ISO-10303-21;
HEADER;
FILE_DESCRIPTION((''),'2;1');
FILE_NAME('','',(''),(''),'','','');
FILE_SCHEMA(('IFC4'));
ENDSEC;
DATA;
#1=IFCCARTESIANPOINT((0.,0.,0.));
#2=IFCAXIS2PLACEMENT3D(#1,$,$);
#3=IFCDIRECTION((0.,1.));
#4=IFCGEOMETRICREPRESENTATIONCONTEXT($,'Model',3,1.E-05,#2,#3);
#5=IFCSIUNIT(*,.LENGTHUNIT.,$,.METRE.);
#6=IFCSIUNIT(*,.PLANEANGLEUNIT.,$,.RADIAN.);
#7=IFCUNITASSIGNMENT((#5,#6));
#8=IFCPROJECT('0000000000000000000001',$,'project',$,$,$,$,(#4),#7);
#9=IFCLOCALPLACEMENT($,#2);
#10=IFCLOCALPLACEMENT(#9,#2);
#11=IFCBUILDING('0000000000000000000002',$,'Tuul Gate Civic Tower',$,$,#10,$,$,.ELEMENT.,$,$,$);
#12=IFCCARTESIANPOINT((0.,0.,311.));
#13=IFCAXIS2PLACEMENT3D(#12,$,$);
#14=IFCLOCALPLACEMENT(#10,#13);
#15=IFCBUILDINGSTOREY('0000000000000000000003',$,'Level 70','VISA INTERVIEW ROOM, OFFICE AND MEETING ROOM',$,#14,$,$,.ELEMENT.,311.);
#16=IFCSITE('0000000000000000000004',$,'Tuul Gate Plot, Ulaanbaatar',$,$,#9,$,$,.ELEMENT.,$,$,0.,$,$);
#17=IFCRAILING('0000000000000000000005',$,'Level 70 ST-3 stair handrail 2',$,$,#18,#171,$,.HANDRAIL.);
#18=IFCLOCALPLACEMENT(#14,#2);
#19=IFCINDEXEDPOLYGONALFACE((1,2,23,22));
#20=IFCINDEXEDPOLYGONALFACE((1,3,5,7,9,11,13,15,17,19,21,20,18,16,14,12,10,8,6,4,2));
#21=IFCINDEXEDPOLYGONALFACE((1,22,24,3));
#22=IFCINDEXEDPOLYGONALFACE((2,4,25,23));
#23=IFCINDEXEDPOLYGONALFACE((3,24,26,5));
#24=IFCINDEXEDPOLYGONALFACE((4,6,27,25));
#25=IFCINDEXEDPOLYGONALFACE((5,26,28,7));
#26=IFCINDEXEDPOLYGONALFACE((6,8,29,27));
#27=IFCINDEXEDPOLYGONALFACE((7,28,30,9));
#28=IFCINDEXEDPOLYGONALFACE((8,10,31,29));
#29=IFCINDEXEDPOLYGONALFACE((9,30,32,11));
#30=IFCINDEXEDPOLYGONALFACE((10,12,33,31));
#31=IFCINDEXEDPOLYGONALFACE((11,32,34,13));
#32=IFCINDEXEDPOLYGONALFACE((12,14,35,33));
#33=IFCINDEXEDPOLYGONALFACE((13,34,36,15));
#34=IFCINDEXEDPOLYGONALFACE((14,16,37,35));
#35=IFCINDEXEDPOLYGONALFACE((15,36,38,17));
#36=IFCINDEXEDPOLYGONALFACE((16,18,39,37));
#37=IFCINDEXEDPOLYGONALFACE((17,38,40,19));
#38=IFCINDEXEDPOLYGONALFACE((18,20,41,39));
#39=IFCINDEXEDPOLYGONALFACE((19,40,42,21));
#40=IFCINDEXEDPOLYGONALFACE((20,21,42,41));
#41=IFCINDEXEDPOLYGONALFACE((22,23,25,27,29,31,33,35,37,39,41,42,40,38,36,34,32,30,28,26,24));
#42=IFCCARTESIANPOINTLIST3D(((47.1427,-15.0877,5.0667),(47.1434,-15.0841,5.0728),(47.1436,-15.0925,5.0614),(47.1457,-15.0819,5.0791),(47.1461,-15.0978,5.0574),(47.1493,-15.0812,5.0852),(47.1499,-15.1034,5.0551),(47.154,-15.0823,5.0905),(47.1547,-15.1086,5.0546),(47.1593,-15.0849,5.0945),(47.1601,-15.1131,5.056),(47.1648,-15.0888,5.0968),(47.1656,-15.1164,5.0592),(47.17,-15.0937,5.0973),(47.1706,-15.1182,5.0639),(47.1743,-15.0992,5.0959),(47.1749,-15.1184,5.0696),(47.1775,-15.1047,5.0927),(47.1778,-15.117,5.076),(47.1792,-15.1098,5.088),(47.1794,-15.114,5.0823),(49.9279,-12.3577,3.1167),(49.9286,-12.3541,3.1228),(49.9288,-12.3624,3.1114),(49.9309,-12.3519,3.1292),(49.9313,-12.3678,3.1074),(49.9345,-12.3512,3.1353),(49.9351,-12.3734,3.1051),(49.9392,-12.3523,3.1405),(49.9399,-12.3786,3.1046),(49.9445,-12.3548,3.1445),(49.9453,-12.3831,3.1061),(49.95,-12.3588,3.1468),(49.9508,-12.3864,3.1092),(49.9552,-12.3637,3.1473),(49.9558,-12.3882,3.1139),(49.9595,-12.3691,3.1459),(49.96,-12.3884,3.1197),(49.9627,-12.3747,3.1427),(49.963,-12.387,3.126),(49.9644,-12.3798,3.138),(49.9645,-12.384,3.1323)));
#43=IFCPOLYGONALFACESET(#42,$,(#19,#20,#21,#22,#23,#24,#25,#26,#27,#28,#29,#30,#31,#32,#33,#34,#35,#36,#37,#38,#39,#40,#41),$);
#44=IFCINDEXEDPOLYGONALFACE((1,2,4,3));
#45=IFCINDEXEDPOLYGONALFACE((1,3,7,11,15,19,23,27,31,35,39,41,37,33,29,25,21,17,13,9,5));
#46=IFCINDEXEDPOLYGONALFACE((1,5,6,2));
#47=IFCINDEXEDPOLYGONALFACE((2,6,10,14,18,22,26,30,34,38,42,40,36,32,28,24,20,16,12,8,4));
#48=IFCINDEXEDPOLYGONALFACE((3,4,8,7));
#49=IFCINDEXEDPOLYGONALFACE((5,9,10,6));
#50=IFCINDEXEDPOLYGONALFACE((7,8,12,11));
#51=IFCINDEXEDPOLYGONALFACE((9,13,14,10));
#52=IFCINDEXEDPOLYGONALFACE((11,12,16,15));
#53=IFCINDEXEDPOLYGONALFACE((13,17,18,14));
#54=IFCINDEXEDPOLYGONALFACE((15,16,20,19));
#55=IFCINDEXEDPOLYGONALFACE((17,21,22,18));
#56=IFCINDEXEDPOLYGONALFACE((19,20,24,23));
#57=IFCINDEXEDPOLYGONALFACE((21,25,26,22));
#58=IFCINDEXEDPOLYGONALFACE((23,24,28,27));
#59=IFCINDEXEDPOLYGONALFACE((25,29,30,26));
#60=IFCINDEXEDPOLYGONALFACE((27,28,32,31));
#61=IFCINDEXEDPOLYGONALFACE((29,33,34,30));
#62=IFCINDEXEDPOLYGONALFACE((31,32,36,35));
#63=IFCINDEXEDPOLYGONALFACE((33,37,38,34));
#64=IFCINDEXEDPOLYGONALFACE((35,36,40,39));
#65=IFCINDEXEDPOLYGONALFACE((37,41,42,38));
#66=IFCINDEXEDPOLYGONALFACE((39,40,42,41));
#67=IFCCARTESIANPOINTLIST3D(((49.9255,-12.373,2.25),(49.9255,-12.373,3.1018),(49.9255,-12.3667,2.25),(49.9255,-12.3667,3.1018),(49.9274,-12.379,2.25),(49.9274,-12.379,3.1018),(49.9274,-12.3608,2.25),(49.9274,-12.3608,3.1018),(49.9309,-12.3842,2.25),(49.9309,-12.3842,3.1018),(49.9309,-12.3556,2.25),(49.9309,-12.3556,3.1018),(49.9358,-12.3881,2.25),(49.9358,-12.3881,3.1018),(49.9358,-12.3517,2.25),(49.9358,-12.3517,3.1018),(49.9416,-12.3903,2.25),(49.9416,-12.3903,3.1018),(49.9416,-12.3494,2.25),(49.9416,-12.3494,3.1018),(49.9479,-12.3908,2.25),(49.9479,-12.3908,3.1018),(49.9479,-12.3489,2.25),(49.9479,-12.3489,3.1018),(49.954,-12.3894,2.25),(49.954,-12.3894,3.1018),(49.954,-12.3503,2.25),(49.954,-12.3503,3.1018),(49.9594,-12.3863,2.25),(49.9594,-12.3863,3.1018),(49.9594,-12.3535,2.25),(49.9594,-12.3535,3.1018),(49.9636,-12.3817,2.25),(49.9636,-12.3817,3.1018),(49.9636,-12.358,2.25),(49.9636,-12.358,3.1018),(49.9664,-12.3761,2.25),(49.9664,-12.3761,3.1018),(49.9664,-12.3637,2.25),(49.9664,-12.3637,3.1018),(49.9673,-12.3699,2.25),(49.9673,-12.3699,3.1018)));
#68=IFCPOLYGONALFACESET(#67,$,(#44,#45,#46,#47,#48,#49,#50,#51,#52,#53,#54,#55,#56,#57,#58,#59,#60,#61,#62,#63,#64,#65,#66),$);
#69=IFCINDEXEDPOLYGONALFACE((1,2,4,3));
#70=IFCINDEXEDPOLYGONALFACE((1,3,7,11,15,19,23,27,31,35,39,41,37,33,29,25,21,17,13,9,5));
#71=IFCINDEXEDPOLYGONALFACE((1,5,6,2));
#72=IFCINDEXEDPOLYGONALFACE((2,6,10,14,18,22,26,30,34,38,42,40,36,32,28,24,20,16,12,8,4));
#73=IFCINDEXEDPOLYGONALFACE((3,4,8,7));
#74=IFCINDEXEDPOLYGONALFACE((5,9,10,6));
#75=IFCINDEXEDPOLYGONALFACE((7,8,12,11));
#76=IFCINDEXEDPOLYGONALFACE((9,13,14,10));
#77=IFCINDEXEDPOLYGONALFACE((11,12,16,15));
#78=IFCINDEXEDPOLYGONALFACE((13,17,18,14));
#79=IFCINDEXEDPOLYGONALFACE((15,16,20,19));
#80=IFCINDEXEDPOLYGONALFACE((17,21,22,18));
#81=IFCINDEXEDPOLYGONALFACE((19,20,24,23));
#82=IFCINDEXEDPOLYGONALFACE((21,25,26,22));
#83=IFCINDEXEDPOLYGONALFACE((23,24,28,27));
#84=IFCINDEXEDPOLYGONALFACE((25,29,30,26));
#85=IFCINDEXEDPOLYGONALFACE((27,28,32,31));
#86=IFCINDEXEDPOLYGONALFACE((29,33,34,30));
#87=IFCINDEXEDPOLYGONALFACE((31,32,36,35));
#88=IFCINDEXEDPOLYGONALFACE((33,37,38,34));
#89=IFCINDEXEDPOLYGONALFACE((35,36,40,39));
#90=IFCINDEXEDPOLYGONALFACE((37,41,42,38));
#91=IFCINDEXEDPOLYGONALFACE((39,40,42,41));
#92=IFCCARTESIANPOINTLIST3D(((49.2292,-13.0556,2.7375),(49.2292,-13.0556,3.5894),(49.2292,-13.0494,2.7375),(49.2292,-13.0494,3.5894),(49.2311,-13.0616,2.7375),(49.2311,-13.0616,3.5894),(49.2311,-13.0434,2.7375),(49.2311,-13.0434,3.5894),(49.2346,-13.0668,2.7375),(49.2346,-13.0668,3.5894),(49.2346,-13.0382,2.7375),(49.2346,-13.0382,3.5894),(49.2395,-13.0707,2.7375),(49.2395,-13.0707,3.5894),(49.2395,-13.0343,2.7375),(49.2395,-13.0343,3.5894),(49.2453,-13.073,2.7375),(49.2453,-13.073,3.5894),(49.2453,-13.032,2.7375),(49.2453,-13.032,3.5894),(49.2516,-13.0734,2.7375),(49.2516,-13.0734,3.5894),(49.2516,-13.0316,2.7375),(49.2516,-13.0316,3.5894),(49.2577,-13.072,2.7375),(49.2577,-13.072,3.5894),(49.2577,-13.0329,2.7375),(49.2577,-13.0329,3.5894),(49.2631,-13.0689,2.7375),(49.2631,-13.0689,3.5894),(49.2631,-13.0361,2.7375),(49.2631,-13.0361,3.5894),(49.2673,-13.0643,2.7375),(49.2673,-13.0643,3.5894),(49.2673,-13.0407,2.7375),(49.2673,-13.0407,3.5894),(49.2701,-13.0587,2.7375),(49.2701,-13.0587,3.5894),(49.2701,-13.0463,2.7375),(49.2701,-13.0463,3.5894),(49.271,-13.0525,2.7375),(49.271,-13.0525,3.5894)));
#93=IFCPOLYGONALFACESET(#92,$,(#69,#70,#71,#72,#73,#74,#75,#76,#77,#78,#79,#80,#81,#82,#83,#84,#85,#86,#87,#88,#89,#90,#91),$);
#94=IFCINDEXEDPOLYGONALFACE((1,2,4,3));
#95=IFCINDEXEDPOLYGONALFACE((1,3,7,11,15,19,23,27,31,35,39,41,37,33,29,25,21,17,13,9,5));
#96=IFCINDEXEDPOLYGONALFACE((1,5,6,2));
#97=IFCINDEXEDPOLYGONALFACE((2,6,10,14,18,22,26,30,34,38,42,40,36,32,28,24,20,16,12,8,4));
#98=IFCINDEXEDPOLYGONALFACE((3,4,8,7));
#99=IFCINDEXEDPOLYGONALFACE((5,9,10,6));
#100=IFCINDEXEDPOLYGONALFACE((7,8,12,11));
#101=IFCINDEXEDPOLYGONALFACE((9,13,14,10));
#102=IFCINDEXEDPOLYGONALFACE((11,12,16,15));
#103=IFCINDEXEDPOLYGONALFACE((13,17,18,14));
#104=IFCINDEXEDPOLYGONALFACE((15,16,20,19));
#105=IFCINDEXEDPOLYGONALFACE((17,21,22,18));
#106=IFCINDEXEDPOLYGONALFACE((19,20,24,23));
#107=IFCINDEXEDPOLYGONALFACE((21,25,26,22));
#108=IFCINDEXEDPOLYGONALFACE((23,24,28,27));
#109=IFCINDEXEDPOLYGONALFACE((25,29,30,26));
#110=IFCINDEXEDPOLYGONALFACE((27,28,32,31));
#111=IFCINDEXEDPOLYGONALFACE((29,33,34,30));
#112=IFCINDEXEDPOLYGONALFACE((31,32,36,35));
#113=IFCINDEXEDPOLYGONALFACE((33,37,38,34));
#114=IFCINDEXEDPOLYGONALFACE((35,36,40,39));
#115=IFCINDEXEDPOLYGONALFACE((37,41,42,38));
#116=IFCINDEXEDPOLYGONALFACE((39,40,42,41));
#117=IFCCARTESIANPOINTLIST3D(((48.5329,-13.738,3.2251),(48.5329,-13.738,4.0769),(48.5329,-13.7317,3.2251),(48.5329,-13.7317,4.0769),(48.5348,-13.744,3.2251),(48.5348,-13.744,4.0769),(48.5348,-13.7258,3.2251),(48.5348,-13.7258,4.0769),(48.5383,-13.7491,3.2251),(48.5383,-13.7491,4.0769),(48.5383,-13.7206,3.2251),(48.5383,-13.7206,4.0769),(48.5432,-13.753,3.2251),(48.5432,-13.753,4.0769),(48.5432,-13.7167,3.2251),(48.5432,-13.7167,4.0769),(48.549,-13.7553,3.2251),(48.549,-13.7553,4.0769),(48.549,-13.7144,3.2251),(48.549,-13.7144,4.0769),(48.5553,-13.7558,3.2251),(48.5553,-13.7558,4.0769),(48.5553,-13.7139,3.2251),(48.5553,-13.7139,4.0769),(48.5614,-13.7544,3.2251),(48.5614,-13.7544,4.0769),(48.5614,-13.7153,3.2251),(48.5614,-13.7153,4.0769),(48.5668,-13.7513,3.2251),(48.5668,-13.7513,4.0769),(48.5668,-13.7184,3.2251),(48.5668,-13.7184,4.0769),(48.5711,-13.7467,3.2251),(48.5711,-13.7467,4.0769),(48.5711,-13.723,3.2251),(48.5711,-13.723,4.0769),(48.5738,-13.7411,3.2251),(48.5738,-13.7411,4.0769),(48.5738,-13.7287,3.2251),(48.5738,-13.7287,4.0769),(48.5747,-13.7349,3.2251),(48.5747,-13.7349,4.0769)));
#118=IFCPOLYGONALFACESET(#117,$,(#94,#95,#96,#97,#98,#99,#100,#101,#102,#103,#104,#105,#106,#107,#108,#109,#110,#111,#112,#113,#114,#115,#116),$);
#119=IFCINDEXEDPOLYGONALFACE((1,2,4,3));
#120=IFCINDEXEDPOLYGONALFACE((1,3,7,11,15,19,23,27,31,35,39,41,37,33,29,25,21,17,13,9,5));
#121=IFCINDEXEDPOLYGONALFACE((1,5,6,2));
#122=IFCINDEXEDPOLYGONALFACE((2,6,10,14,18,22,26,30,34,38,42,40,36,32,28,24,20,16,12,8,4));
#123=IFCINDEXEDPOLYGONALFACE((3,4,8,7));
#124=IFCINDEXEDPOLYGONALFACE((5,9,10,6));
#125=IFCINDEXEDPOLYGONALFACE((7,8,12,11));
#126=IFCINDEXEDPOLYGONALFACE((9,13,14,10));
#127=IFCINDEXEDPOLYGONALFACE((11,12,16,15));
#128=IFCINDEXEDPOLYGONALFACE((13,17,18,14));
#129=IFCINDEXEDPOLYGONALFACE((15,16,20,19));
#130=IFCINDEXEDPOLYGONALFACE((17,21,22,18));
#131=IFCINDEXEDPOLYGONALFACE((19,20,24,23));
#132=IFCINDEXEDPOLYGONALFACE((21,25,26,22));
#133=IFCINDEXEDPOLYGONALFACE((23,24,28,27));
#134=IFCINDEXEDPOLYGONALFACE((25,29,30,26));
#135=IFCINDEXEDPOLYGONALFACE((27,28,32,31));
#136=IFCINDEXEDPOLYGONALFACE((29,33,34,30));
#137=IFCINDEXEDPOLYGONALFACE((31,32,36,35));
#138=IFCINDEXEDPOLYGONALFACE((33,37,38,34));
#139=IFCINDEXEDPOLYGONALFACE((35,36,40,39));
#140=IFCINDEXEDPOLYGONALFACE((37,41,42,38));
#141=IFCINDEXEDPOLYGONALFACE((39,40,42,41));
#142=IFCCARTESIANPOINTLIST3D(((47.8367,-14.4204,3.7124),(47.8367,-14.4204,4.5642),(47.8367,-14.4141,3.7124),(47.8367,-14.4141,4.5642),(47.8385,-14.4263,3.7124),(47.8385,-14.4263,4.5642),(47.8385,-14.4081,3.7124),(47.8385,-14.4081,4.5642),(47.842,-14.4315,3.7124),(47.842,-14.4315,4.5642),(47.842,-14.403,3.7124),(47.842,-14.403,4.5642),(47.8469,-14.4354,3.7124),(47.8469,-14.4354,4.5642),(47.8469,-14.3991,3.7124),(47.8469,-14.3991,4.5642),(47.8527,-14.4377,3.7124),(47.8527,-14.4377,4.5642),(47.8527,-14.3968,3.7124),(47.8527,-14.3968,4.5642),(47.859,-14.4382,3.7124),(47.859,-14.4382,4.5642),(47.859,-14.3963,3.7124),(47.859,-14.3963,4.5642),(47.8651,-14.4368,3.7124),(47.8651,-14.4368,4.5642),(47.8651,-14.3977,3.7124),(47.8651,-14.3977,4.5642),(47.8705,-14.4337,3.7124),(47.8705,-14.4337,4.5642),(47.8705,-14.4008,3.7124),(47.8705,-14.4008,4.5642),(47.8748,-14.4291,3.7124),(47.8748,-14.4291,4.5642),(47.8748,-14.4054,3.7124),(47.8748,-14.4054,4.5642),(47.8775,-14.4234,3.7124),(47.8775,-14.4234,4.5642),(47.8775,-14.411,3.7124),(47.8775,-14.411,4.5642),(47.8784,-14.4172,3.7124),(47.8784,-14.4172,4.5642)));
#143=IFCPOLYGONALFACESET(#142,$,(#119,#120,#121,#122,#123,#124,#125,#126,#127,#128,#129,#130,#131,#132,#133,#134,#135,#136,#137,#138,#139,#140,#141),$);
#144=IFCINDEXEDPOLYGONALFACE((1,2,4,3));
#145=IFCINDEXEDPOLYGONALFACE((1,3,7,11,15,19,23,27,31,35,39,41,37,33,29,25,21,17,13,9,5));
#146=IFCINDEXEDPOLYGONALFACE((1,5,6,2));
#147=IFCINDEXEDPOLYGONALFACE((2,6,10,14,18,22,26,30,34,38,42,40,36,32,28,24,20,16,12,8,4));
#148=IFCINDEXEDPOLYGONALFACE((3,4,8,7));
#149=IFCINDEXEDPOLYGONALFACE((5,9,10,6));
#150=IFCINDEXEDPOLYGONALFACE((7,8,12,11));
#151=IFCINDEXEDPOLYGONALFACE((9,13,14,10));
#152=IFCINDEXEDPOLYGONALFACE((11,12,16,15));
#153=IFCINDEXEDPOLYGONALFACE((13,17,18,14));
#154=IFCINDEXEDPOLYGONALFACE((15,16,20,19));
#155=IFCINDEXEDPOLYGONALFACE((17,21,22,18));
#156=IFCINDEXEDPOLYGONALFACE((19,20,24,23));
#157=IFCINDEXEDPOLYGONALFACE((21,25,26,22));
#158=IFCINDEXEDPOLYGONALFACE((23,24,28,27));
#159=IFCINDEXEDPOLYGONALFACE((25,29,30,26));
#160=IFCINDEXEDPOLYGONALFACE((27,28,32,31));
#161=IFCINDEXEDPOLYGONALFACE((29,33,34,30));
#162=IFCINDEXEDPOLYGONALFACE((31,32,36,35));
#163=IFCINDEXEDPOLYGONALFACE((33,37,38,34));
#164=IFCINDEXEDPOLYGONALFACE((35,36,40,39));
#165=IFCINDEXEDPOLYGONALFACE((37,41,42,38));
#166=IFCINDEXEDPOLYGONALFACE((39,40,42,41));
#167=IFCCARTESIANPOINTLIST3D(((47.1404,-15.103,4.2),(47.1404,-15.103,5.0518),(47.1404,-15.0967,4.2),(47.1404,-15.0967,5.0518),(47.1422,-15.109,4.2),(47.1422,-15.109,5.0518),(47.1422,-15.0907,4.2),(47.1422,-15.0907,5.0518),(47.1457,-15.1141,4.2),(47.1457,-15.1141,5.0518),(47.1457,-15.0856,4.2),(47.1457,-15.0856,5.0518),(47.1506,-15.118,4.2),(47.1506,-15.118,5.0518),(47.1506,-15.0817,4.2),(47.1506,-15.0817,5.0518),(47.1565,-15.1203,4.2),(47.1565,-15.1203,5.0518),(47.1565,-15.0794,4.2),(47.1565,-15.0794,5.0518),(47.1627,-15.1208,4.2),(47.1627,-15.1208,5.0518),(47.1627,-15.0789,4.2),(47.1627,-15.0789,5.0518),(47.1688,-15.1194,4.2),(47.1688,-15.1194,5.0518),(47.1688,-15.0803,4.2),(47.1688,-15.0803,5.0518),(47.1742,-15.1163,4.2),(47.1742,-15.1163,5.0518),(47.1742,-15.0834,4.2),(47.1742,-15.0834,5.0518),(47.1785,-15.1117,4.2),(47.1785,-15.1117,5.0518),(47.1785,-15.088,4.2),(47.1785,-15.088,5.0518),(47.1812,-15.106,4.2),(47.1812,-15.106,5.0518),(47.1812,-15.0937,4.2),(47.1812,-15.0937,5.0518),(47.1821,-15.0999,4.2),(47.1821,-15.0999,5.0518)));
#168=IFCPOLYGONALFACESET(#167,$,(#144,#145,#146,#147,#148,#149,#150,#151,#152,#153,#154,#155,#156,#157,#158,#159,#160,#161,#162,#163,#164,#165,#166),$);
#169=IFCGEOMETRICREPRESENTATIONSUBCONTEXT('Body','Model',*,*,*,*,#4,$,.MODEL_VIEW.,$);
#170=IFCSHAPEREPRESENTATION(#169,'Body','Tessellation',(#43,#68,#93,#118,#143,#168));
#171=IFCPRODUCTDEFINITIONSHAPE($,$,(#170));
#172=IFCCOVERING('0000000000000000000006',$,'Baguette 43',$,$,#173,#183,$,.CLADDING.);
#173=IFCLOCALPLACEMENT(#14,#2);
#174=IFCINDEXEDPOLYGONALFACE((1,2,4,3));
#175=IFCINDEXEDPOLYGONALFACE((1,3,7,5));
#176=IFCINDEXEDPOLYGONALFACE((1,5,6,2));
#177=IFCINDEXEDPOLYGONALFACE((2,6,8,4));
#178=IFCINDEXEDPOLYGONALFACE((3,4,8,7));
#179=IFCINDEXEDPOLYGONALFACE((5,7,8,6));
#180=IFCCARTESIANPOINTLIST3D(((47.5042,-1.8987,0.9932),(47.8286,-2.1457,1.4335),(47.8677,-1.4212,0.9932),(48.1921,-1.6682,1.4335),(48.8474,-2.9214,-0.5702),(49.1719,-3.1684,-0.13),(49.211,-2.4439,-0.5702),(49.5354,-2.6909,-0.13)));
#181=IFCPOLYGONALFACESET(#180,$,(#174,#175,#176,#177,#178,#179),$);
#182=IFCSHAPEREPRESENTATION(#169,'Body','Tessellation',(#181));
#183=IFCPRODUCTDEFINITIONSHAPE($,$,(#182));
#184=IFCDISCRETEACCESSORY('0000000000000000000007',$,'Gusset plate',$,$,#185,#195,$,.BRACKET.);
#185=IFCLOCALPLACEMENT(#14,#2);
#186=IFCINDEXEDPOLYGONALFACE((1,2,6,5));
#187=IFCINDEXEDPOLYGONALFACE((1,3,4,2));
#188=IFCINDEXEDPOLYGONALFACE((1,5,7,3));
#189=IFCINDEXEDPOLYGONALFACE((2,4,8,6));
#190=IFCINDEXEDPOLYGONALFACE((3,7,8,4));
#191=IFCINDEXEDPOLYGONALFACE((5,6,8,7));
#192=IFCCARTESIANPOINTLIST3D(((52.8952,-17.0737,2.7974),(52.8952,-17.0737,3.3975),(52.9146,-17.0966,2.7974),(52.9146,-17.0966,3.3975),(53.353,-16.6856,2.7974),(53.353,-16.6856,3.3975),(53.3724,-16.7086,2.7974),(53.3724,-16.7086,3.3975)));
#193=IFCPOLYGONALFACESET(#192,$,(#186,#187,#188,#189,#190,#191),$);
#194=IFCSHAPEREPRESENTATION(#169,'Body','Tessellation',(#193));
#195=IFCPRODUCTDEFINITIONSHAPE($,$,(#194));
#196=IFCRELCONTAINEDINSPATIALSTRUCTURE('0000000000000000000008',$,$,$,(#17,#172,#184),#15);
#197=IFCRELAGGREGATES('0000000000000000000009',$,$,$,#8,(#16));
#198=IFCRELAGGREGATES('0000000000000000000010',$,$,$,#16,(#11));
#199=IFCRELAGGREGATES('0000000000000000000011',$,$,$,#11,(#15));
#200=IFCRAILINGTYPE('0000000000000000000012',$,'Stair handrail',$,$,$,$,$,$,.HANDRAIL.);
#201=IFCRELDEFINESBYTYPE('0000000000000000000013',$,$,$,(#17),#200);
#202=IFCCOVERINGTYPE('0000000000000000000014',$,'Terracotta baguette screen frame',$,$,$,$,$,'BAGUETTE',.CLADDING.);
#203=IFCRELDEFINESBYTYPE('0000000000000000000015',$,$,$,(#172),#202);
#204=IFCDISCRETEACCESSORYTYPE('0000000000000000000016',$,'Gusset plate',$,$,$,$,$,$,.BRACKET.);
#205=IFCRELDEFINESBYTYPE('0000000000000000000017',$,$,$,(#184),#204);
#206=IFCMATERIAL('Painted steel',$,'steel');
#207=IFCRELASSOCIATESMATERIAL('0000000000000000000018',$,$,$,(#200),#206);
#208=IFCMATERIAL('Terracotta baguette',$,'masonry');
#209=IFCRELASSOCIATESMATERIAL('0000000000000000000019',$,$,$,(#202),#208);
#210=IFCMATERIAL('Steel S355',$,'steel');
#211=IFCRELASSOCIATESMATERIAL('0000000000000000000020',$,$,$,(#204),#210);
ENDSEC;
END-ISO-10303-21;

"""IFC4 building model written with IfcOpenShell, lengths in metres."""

from ifc_helpers import new_model, si_unit, direction, frame, origin, origin_2d, place, context, subcontext, project, spatial, rectangle, circle, extrude, material, material_profile, profile_set, type_object, element, save


model = new_model("IFC4")

# Units and contexts
model_context = context("Model", 3, precision=1e-05, world=origin(), true_north=direction((0.0, 1.0)))
body_context = subcontext(model_context, "Body", "Model", "MODEL_VIEW")
ifc_project = project(units=[si_unit("LENGTHUNIT", "METRE"), si_unit("PLANEANGLEUNIT", "RADIAN")], contexts=[model_context])

# Site, building, storey
site_placement = place(None, origin())
site = spatial("IfcSite", under=ifc_project, at=site_placement, Name="Tuul Gate Plot, Ulaanbaatar", CompositionType="ELEMENT", RefElevation=0.0)
building_placement = place(site_placement, origin())
building = spatial("IfcBuilding", under=site, at=building_placement, Name="Tuul Gate Civic Tower", CompositionType="ELEMENT")
storey_placement = place(building_placement, frame((0.0, 0.0, 311.0)))
storey = spatial("IfcBuildingStorey", under=building, at=storey_placement, Name="Level 70", Description="VISA INTERVIEW ROOM, OFFICE AND MEETING ROOM", CompositionType="ELEMENT", Elevation=311.0)

# Railing
ifc_material_1 = material(Name="Painted steel", Category="steel")
railing_type = type_object("IfcRailingType", Name="Stair handrail", PredefinedType="HANDRAIL", material=ifc_material_1)
railing_1_placement = place(storey_placement, frame((49.9463, -12.3699, 2.25)))
element("IfcRailing", 1, at=railing_1_placement, inside=storey, type_object=railing_type, Name="Level 70 ST-3 stair handrail 2", PredefinedType="HANDRAIL", context=body_context, shape_type="SweptSolid", body=[
    extrude(circle(Radius=0.0239, at=origin_2d()), frame((0.0, 0.0, 0.876), z_axis=(-0.638754, -0.6261, 0.447206), x_axis=(0.699998, -0.714145, 0.0)), (0.0, 0.0, 1.0), 4.3604),
    extrude(circle(Radius=0.021, at=origin_2d()), origin(), (0.0, 0.0, 1.0), 0.8518),
    extrude(circle(Radius=0.021, at=origin_2d()), frame((-0.6963, -0.6826, 0.4875)), (0.0, 0.0, 1.0), 0.8518),
    extrude(circle(Radius=0.021, at=origin_2d()), frame((-1.3926, -1.365, 0.9751)), (0.0, 0.0, 1.0), 0.8518),
    extrude(circle(Radius=0.021, at=origin_2d()), frame((-2.0889, -2.0474, 1.4624)), (0.0, 0.0, 1.0), 0.8518),
    extrude(circle(Radius=0.021, at=origin_2d()), frame((-2.7852, -2.73, 1.95)), (0.0, 0.0, 1.0), 0.8518),
])

# Covering
ifc_material_2 = material(Name="Terracotta baguette", Category="masonry")
ifc_material_profile_1 = material_profile(ifc_material_2, rectangle(XDim=0.6001, YDim=0.6001, at=origin_2d()), Name="Terracotta baguette screen frame")
ifc_profile_set_1 = profile_set([ifc_material_profile_1], Name="Terracotta baguette")
covering_type = type_object("IfcCoveringType", Name="Terracotta baguette screen frame", ElementType="BAGUETTE", PredefinedType="CLADDING", material=ifc_profile_set_1)
covering_placement = place(storey_placement, frame((49.1914, -2.8062, -0.3501), z_axis=(-0.583766, 0.444455, 0.679468), x_axis=(-0.605769, -0.795641, 0.0)))
element("IfcCovering", 2, at=covering_placement, inside=storey, type_object=covering_type, Name="Baguette 43", PredefinedType="CLADDING", context=body_context, shape_type="SweptSolid", body=[
    extrude(rectangle(XDim=0.6001, YDim=0.6001, at=origin_2d()), origin(), (0.0, 0.0, 1.0), 2.301),
])

# Discrete accessory
ifc_material_3 = material(Name="Steel S355", Category="steel")
discrete_accessory_type = type_object("IfcDiscreteAccessoryType", Name="Gusset plate", PredefinedType="BRACKET", material=ifc_material_3)
discrete_accessory_placement = place(storey_placement, frame((53.1338, -16.8911, 2.7974), z_axis=(0.0, 0.0, 1.0), x_axis=(0.762825, 0.646605, 0.0)))
element("IfcDiscreteAccessory", 3, at=discrete_accessory_placement, inside=storey, type_object=discrete_accessory_type, Name="Gusset plate", PredefinedType="BRACKET", context=body_context, shape_type="SweptSolid", body=[
    extrude(rectangle(XDim=0.6001, YDim=0.03, at=origin_2d()), origin(), (0.0, 0.0, 1.0), 0.6001),
])

save(model, "model.ifc")
